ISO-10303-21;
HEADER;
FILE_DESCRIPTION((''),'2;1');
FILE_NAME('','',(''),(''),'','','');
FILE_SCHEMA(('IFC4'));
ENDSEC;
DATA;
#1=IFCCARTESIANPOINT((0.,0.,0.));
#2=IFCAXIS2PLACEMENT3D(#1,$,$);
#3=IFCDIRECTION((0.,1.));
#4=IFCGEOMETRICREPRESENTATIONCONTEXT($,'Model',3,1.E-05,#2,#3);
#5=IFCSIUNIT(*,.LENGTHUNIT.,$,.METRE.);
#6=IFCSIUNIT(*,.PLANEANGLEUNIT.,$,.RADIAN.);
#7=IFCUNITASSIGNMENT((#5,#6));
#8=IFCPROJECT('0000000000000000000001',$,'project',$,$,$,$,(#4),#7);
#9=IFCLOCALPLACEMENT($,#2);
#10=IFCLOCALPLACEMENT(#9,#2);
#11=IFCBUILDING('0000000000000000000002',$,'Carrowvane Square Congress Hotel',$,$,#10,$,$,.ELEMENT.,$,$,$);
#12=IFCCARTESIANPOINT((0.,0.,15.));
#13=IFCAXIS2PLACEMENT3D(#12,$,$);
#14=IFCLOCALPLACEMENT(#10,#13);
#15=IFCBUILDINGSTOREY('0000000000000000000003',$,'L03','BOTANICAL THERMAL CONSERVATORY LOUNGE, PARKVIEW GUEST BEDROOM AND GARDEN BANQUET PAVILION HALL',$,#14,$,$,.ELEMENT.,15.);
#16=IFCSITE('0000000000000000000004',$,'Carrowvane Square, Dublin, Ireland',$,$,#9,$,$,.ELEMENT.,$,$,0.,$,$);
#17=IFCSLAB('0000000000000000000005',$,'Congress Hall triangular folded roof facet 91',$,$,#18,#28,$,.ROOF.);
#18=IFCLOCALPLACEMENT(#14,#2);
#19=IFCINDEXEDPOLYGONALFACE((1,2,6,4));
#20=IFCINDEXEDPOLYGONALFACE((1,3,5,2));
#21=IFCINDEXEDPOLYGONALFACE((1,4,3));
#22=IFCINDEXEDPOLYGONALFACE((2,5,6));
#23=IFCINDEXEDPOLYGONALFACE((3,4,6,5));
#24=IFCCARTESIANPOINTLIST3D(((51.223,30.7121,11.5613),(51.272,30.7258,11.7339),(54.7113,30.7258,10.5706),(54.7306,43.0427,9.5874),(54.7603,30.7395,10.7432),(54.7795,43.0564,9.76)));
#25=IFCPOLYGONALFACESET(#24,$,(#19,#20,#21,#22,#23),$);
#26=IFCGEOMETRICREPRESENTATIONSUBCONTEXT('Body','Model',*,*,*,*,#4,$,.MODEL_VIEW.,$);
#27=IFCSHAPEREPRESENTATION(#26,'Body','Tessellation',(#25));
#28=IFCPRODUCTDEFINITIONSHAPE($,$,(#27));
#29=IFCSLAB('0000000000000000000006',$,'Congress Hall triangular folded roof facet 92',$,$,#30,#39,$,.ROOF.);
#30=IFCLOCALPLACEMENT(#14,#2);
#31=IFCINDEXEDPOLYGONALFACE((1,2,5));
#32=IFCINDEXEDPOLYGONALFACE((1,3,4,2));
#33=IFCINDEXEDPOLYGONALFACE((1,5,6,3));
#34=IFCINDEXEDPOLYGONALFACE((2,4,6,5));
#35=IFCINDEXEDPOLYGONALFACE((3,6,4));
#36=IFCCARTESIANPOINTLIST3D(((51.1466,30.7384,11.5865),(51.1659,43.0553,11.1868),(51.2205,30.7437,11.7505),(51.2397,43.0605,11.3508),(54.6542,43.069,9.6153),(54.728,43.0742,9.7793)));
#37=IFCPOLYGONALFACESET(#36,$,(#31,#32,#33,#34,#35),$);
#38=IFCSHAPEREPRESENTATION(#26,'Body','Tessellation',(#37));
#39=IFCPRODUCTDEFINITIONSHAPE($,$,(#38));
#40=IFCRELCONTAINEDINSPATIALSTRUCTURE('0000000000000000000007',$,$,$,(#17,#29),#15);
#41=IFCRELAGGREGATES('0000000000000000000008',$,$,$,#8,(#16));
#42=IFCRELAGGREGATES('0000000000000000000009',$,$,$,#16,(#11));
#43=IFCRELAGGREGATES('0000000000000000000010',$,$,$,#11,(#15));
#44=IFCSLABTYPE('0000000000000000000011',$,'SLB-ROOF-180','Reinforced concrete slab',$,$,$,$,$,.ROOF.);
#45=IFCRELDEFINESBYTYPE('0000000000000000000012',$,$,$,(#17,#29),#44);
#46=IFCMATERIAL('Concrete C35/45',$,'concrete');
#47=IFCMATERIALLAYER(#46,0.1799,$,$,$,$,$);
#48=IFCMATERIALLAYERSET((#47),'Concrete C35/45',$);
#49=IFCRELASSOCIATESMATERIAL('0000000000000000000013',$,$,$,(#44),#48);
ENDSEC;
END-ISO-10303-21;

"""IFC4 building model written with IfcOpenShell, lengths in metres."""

from ifc_helpers import new_model, si_unit, direction, frame, origin, place, context, subcontext, project, spatial, polyline, outline, extrude, material, layer, layer_set, type_object, element, save


model = new_model("IFC4")

# Units and contexts
model_context = context("Model", 3, precision=1e-05, world=origin(), true_north=direction((0.0, 1.0)))
body_context = subcontext(model_context, "Body", "Model", "MODEL_VIEW")
ifc_project = project(units=[si_unit("LENGTHUNIT", "METRE"), si_unit("PLANEANGLEUNIT", "RADIAN")], contexts=[model_context])

# Site, building, storey
site_placement = place(None, origin())
site = spatial("IfcSite", under=ifc_project, at=site_placement, Name="Carrowvane Square, Dublin, Ireland", CompositionType="ELEMENT", RefElevation=0.0)
building_placement = place(site_placement, origin())
building = spatial("IfcBuilding", under=site, at=building_placement, Name="Carrowvane Square Congress Hotel", CompositionType="ELEMENT")
storey_placement = place(building_placement, frame((0.0, 0.0, 15.0)))
storey = spatial("IfcBuildingStorey", under=building, at=storey_placement, Name="L03", Description="BOTANICAL THERMAL CONSERVATORY LOUNGE, PARKVIEW GUEST BEDROOM AND GARDEN BANQUET PAVILION HALL", CompositionType="ELEMENT", Elevation=15.0)

# Slabs
ifc_material_1 = material(Name="Concrete C35/45", Category="concrete")
ifc_layer_1 = layer(ifc_material_1, 0.1799)
ifc_layer_set_1 = layer_set([ifc_layer_1], Name="Concrete C35/45")
slab_type = type_object("IfcSlabType", Name="SLB-ROOF-180", Description="Reinforced concrete slab", PredefinedType="ROOF", material=ifc_layer_set_1)
slab_1_placement = place(storey_placement, frame((51.272, 30.7258, 11.7339), z_axis=(0.27214, 0.076142, 0.95924), x_axis=(0.961948, 0.00377, -0.273207)))
element("IfcSlab", 1, at=slab_1_placement, inside=storey, type_object=slab_type, Name="Congress Hall triangular folded roof facet 91", PredefinedType="ROOF", context=body_context, shape_type="SweptSolid", body=[
    extrude(outline(polyline([(0.0, 0.0), (3.6263, 0.0), (3.9599, 12.3516), (0.0, 0.0)])), origin(), (0.0, 0.0, -1.0), 0.1799),
])
slab_2_placement = place(storey_placement, frame((51.2205, 30.7437, 11.7505), z_axis=(0.410491, 0.02893, 0.911406), x_axis=(0.270429, 0.950669, -0.151976)))
element("IfcSlab", 2, at=slab_2_placement, inside=storey, type_object=slab_type, Name="Congress Hall triangular folded roof facet 92", PredefinedType="ROOF", context=body_context, shape_type="SweptSolid", body=[
    extrude(outline(polyline([(0.0, 0.0), (12.9704, 0.0), (11.7752, 3.6345), (0.0, 0.0)])), origin(), (0.0, 0.0, -1.0), 0.1799),
])

save(model, "model.ifc")
